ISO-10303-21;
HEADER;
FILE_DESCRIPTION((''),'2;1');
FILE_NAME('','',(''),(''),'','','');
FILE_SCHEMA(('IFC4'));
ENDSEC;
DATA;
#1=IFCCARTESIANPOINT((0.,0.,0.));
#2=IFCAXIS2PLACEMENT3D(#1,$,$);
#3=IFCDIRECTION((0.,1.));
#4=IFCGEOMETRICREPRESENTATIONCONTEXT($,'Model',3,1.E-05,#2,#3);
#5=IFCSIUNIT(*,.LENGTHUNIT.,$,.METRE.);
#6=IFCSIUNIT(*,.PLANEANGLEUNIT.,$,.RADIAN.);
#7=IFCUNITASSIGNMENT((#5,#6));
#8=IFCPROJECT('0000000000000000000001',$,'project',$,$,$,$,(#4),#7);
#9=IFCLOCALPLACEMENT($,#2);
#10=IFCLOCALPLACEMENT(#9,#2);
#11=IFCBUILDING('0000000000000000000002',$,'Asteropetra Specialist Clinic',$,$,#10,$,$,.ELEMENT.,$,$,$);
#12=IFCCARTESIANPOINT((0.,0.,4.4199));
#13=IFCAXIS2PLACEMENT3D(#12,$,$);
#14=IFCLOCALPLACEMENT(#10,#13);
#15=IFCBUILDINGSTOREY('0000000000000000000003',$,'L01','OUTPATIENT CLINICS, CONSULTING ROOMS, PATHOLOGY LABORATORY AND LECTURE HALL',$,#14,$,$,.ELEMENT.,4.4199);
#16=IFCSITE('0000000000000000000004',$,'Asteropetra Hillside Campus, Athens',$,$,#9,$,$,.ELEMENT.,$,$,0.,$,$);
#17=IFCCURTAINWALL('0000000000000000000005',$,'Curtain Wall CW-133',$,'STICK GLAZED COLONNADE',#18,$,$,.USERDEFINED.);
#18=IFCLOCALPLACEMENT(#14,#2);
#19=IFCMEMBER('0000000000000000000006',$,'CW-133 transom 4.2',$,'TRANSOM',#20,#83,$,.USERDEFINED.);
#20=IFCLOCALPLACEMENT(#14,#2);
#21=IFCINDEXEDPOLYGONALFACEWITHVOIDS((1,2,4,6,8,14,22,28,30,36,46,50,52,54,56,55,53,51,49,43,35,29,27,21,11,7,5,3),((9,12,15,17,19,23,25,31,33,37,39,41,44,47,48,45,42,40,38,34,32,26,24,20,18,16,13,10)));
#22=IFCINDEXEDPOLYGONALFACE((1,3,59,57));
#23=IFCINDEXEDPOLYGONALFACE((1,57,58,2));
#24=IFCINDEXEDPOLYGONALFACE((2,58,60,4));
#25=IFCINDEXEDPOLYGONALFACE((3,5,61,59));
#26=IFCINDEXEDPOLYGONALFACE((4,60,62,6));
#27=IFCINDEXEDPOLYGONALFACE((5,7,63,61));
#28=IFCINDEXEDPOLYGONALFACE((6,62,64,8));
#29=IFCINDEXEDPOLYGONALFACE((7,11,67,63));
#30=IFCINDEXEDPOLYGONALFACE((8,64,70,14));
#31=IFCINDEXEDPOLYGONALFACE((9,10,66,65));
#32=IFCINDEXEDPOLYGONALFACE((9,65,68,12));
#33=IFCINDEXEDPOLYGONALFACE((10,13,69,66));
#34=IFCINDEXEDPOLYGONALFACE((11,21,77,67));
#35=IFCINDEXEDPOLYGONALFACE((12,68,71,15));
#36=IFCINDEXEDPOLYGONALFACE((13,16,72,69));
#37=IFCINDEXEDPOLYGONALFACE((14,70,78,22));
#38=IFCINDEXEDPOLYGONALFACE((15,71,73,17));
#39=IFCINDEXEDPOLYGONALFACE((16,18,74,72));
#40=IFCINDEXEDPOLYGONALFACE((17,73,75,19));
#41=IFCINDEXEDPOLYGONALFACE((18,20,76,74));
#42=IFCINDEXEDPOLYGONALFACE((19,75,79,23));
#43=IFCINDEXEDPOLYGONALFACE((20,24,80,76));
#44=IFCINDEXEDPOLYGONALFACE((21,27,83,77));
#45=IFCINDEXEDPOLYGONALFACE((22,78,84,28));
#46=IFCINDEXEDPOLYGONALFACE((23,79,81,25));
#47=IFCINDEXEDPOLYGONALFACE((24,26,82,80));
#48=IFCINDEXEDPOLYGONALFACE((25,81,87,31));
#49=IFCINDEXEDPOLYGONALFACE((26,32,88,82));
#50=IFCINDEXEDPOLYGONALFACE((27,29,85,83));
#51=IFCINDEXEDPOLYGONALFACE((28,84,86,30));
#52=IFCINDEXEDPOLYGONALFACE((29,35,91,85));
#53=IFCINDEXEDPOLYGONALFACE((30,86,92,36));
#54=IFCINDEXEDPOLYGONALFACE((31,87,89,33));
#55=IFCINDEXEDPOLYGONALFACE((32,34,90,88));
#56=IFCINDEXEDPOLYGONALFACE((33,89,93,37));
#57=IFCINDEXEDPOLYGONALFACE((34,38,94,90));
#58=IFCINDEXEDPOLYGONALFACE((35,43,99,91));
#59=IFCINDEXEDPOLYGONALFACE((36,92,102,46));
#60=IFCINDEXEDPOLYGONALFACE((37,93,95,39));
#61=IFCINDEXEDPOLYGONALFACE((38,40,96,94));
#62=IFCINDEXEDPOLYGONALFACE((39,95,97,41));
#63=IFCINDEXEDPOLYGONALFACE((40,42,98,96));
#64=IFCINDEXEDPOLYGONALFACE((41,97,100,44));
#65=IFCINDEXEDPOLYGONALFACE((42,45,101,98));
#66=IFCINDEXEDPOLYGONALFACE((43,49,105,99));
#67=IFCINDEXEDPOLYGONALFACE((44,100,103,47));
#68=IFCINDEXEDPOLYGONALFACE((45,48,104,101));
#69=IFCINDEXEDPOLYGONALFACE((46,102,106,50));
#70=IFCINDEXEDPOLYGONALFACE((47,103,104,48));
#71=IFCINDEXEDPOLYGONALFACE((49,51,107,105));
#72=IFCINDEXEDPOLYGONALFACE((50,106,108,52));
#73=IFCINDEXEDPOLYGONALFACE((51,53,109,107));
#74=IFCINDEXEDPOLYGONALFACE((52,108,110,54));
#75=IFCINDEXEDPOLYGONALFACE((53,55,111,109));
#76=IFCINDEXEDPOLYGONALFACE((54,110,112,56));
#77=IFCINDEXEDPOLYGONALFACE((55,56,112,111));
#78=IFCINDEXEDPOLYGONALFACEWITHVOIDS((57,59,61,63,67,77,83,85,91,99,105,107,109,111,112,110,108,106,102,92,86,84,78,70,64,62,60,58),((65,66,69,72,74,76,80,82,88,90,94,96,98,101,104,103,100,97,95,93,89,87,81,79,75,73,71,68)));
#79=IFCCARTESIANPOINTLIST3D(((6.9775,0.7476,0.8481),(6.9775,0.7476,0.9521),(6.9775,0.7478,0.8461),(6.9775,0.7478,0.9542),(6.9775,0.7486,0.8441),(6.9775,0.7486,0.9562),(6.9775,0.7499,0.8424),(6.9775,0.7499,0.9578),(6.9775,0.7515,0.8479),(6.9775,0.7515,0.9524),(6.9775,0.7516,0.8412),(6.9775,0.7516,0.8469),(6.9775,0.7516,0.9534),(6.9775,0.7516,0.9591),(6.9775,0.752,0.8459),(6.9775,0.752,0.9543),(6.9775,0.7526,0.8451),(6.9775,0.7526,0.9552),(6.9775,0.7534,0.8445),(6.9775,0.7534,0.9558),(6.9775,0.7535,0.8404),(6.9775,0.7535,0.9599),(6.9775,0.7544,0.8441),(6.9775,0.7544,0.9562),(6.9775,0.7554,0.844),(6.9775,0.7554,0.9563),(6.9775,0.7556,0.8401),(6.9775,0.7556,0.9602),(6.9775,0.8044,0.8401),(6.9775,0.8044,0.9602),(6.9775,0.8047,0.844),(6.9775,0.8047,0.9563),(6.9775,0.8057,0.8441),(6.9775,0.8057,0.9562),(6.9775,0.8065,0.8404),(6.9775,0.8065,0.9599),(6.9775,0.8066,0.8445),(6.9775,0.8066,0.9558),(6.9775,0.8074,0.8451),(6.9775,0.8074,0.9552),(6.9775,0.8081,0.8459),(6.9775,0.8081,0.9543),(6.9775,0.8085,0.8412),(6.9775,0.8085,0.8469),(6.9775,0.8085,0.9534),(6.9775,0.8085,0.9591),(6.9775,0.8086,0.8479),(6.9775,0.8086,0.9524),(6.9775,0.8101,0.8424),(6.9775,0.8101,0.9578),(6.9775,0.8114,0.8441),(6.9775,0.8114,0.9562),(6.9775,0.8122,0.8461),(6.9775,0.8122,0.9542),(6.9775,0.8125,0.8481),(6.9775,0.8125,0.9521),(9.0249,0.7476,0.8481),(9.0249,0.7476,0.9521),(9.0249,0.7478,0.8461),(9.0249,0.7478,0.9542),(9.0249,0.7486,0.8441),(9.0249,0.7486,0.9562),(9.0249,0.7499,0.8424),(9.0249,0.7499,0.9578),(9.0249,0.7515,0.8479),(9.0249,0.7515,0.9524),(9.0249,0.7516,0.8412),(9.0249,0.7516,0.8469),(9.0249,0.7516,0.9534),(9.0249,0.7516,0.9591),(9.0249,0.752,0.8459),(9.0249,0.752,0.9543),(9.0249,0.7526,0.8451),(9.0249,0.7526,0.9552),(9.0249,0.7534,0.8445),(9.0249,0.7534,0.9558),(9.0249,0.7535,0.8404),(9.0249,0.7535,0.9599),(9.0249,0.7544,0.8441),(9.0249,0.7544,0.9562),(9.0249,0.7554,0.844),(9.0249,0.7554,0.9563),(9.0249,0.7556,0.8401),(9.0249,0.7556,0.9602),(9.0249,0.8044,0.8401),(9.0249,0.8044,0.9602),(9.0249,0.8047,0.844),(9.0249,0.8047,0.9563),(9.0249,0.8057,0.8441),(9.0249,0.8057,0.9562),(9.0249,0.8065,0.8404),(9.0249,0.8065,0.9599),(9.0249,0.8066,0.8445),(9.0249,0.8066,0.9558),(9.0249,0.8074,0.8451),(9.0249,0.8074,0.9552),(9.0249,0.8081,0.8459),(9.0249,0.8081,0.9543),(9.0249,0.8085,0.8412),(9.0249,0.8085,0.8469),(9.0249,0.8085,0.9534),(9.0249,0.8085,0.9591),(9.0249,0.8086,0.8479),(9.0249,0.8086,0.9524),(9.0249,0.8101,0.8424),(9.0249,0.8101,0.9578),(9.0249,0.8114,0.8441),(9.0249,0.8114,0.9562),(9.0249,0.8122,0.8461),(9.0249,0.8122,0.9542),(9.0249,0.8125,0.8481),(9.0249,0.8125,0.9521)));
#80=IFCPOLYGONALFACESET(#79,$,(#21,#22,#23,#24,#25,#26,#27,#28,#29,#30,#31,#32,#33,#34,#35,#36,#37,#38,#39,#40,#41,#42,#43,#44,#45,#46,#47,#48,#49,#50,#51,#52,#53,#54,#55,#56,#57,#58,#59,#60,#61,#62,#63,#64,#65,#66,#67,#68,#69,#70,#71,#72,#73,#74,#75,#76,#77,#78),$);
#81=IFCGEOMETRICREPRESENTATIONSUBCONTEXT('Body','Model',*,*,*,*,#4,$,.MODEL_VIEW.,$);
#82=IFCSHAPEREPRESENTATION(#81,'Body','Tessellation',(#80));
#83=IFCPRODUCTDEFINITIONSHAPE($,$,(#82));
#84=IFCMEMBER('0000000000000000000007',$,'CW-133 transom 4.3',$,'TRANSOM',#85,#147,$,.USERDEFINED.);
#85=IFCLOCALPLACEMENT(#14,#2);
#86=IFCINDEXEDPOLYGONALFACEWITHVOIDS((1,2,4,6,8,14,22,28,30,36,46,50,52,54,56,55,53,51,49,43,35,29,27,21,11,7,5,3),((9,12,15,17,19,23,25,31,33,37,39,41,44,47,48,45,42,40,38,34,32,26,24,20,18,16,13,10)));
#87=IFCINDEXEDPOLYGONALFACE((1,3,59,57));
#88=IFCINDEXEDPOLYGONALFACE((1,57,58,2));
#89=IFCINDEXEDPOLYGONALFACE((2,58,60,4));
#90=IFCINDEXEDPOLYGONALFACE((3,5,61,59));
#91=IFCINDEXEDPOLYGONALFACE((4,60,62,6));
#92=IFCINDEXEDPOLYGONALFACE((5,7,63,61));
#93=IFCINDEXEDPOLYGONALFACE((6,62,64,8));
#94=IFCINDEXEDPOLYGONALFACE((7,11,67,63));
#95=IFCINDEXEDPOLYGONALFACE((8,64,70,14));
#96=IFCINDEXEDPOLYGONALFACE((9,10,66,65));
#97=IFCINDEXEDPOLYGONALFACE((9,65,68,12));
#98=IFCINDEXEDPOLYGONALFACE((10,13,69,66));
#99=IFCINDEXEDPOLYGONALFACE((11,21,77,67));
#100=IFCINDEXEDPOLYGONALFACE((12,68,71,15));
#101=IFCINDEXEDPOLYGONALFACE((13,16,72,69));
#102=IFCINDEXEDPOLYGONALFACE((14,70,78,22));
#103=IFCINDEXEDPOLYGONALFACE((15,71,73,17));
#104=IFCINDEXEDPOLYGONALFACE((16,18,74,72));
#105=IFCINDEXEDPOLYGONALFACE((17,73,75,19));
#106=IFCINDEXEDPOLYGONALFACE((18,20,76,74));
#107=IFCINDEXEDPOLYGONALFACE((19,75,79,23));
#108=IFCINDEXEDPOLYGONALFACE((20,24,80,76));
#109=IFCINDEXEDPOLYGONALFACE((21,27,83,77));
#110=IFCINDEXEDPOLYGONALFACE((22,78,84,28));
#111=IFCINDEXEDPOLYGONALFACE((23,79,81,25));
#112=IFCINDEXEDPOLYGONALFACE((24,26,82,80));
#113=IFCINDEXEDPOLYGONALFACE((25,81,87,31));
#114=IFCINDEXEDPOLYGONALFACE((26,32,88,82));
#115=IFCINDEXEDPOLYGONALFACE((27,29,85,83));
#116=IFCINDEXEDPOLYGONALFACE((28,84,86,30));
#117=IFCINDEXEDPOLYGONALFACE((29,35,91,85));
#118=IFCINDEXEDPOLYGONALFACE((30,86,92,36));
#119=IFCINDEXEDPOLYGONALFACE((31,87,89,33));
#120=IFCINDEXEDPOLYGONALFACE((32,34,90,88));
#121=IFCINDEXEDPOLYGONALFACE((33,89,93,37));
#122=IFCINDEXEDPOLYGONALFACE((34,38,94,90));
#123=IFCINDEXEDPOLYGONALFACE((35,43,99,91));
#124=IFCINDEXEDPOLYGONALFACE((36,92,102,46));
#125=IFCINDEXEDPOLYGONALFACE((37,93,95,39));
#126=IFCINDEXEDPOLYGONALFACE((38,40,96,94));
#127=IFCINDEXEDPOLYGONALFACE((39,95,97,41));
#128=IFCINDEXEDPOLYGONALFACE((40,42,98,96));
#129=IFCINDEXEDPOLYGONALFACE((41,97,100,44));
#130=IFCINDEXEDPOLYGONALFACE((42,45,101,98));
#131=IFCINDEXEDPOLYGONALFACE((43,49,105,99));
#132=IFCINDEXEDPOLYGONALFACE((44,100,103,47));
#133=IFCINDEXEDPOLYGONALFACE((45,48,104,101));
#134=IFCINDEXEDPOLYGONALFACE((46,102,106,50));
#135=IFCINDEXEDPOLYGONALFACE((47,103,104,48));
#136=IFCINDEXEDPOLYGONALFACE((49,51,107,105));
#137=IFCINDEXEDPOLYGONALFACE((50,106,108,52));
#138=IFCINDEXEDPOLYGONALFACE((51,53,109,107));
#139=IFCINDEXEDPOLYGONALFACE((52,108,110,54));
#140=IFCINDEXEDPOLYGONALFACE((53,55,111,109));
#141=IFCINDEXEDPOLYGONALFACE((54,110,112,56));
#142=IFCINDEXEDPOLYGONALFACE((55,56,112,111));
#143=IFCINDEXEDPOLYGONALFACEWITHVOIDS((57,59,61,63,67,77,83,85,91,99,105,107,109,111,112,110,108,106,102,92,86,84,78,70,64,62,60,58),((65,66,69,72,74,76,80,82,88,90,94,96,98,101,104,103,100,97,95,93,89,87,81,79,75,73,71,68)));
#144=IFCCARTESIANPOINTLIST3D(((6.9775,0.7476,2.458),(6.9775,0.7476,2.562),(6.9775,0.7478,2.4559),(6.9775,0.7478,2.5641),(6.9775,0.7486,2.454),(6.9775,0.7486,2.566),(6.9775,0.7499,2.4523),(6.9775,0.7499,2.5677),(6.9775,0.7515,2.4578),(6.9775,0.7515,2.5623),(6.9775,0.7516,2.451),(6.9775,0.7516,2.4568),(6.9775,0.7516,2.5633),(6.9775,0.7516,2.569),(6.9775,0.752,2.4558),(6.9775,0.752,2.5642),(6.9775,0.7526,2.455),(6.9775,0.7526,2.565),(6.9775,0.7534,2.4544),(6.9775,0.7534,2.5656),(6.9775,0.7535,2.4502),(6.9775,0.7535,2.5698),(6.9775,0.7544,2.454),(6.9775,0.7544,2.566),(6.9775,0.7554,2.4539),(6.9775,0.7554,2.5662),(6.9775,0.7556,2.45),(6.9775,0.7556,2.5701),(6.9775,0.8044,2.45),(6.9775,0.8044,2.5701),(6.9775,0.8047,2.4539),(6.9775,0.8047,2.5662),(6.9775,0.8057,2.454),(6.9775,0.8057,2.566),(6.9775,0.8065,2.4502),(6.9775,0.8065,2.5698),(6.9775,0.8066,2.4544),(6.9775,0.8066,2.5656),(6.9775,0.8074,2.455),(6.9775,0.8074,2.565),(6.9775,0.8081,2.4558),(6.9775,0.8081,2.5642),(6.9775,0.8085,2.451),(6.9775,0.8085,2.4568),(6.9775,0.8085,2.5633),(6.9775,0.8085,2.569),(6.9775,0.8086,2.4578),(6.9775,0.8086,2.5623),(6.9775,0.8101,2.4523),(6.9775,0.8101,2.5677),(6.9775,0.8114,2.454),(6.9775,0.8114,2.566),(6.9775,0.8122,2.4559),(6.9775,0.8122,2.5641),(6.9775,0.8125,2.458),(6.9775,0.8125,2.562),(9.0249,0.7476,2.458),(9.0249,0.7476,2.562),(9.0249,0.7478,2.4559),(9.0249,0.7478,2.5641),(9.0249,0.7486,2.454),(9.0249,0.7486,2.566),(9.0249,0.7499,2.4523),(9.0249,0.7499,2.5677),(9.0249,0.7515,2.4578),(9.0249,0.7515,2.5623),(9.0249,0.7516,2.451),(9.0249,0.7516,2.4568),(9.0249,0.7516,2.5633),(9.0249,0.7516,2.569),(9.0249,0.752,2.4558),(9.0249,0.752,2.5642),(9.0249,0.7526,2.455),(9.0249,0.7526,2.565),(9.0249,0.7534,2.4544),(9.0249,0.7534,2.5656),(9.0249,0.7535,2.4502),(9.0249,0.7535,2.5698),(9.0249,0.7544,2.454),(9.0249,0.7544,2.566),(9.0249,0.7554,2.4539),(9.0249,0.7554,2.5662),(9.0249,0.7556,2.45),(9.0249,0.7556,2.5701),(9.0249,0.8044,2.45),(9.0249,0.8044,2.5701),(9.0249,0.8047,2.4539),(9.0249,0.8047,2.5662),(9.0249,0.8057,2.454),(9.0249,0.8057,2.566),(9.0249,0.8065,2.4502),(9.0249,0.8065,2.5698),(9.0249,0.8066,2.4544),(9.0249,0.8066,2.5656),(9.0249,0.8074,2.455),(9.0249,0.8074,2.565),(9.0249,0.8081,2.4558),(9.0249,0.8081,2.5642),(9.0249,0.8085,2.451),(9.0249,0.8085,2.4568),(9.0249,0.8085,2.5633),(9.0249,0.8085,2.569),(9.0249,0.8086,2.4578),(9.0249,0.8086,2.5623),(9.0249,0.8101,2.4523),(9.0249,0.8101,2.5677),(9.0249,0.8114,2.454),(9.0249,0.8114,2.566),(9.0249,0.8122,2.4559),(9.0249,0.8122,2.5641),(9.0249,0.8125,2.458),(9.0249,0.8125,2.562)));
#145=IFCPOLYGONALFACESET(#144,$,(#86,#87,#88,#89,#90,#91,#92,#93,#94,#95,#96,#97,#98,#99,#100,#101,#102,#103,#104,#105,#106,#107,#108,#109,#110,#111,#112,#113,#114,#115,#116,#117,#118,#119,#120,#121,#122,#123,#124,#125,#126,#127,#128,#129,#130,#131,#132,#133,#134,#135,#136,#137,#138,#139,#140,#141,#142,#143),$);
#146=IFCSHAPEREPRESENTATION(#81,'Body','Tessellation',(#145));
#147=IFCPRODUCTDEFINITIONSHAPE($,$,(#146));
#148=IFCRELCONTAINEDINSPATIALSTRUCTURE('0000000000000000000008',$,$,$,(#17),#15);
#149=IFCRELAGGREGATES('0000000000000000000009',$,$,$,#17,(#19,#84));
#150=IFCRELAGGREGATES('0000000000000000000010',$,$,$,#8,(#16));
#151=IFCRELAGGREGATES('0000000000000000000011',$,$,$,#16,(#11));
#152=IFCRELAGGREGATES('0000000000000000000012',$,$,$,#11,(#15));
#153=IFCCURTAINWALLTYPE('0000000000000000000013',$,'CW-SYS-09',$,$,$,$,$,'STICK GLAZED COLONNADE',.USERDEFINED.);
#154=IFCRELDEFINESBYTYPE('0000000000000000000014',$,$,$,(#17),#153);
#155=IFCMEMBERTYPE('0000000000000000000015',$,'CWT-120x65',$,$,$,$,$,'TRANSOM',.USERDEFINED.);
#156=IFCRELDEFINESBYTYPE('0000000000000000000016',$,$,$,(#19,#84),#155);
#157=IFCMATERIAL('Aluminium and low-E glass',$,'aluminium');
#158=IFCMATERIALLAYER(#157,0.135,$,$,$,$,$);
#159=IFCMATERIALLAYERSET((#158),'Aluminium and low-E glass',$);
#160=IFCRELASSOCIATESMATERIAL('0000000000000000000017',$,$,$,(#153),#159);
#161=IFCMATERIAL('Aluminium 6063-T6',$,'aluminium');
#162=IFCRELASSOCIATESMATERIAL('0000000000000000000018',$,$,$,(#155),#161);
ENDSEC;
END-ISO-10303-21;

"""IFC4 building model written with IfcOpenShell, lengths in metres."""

from ifc_helpers import new_model, si_unit, direction, frame, origin, origin_2d, place, context, subcontext, project, spatial, hollow_rectangle, extrude, material, layer, layer_set, material_profile, profile_set, type_object, element, aggregate, save


model = new_model("IFC4")

# Units and contexts
model_context = context("Model", 3, precision=1e-05, world=origin(), true_north=direction((0.0, 1.0)))
body_context = subcontext(model_context, "Body", "Model", "MODEL_VIEW")
ifc_project = project(units=[si_unit("LENGTHUNIT", "METRE"), si_unit("PLANEANGLEUNIT", "RADIAN")], contexts=[model_context])

# Site, building, storey
site_placement = place(None, origin())
site = spatial("IfcSite", under=ifc_project, at=site_placement, Name="Asteropetra Hillside Campus, Athens", CompositionType="ELEMENT", RefElevation=0.0)
building_placement = place(site_placement, origin())
building = spatial("IfcBuilding", under=site, at=building_placement, Name="Asteropetra Specialist Clinic", CompositionType="ELEMENT")
storey_placement = place(building_placement, frame((0.0, 0.0, 4.4199)))
storey = spatial("IfcBuildingStorey", under=building, at=storey_placement, Name="L01", Description="OUTPATIENT CLINICS, CONSULTING ROOMS, PATHOLOGY LABORATORY AND LECTURE HALL", CompositionType="ELEMENT", Elevation=4.4199)

# Curtain wall, members
ifc_material_1 = material(Name="Aluminium and low-E glass", Category="aluminium")
ifc_layer_1 = layer(ifc_material_1, 0.135)
ifc_layer_set_1 = layer_set([ifc_layer_1], Name="Aluminium and low-E glass")
curtain_wall_type = type_object("IfcCurtainWallType", Name="CW-SYS-09", ElementType="STICK GLAZED COLONNADE", PredefinedType="USERDEFINED", material=ifc_layer_set_1)
curtain_wall_placement = place(storey_placement, origin())
curtain_wall = element("IfcCurtainWall", 1, at=curtain_wall_placement, inside=storey, type_object=curtain_wall_type, Name="Curtain Wall CW-133", ObjectType="STICK GLAZED COLONNADE", PredefinedType="USERDEFINED")
ifc_material_2 = material(Name="Aluminium 6063-T6", Category="aluminium")
ifc_material_profile_1 = material_profile(ifc_material_2, hollow_rectangle(XDim=0.0649, YDim=0.1201, WallThickness=0.0039, InnerFilletRadius=0.0039, OuterFilletRadius=0.0081, at=origin_2d()), Name="TRN 120x65x4.0")
ifc_profile_set_1 = profile_set([ifc_material_profile_1], Name="Aluminium 6063-T6")
member_type_1 = type_object("IfcMemberType", Name="CWT-120x65", ElementType="TRANSOM", PredefinedType="USERDEFINED", material=ifc_profile_set_1)
member_1_placement = place(storey_placement, frame((6.9775, 0.78, 0.9001), z_axis=(1.0, 0.0, 0.0), x_axis=(0.0, 1.0, 0.0)))
member_1 = element("IfcMember", 2, at=member_1_placement, type_object=member_type_1, Name="CW-133 transom 4.2", ObjectType="TRANSOM", PredefinedType="USERDEFINED", context=body_context, shape_type="SweptSolid", body=[
    extrude(hollow_rectangle(XDim=0.0649, YDim=0.1201, WallThickness=0.0039, InnerFilletRadius=0.0039, OuterFilletRadius=0.0081, at=origin_2d()), origin(), (0.0, 0.0, 1.0), 2.0474),
])
member_2_placement = place(storey_placement, frame((6.9775, 0.78, 2.51), z_axis=(1.0, 0.0, 0.0), x_axis=(0.0, 1.0, 0.0)))
member_2 = element("IfcMember", 3, at=member_2_placement, type_object=member_type_1, Name="CW-133 transom 4.3", ObjectType="TRANSOM", PredefinedType="USERDEFINED", context=body_context, shape_type="SweptSolid", body=[
    extrude(hollow_rectangle(XDim=0.0649, YDim=0.1201, WallThickness=0.0039, InnerFilletRadius=0.0039, OuterFilletRadius=0.0081, at=origin_2d()), origin(), (0.0, 0.0, 1.0), 2.0474),
])

aggregate(curtain_wall, [member_1, member_2])

save(model, "model.ifc")
